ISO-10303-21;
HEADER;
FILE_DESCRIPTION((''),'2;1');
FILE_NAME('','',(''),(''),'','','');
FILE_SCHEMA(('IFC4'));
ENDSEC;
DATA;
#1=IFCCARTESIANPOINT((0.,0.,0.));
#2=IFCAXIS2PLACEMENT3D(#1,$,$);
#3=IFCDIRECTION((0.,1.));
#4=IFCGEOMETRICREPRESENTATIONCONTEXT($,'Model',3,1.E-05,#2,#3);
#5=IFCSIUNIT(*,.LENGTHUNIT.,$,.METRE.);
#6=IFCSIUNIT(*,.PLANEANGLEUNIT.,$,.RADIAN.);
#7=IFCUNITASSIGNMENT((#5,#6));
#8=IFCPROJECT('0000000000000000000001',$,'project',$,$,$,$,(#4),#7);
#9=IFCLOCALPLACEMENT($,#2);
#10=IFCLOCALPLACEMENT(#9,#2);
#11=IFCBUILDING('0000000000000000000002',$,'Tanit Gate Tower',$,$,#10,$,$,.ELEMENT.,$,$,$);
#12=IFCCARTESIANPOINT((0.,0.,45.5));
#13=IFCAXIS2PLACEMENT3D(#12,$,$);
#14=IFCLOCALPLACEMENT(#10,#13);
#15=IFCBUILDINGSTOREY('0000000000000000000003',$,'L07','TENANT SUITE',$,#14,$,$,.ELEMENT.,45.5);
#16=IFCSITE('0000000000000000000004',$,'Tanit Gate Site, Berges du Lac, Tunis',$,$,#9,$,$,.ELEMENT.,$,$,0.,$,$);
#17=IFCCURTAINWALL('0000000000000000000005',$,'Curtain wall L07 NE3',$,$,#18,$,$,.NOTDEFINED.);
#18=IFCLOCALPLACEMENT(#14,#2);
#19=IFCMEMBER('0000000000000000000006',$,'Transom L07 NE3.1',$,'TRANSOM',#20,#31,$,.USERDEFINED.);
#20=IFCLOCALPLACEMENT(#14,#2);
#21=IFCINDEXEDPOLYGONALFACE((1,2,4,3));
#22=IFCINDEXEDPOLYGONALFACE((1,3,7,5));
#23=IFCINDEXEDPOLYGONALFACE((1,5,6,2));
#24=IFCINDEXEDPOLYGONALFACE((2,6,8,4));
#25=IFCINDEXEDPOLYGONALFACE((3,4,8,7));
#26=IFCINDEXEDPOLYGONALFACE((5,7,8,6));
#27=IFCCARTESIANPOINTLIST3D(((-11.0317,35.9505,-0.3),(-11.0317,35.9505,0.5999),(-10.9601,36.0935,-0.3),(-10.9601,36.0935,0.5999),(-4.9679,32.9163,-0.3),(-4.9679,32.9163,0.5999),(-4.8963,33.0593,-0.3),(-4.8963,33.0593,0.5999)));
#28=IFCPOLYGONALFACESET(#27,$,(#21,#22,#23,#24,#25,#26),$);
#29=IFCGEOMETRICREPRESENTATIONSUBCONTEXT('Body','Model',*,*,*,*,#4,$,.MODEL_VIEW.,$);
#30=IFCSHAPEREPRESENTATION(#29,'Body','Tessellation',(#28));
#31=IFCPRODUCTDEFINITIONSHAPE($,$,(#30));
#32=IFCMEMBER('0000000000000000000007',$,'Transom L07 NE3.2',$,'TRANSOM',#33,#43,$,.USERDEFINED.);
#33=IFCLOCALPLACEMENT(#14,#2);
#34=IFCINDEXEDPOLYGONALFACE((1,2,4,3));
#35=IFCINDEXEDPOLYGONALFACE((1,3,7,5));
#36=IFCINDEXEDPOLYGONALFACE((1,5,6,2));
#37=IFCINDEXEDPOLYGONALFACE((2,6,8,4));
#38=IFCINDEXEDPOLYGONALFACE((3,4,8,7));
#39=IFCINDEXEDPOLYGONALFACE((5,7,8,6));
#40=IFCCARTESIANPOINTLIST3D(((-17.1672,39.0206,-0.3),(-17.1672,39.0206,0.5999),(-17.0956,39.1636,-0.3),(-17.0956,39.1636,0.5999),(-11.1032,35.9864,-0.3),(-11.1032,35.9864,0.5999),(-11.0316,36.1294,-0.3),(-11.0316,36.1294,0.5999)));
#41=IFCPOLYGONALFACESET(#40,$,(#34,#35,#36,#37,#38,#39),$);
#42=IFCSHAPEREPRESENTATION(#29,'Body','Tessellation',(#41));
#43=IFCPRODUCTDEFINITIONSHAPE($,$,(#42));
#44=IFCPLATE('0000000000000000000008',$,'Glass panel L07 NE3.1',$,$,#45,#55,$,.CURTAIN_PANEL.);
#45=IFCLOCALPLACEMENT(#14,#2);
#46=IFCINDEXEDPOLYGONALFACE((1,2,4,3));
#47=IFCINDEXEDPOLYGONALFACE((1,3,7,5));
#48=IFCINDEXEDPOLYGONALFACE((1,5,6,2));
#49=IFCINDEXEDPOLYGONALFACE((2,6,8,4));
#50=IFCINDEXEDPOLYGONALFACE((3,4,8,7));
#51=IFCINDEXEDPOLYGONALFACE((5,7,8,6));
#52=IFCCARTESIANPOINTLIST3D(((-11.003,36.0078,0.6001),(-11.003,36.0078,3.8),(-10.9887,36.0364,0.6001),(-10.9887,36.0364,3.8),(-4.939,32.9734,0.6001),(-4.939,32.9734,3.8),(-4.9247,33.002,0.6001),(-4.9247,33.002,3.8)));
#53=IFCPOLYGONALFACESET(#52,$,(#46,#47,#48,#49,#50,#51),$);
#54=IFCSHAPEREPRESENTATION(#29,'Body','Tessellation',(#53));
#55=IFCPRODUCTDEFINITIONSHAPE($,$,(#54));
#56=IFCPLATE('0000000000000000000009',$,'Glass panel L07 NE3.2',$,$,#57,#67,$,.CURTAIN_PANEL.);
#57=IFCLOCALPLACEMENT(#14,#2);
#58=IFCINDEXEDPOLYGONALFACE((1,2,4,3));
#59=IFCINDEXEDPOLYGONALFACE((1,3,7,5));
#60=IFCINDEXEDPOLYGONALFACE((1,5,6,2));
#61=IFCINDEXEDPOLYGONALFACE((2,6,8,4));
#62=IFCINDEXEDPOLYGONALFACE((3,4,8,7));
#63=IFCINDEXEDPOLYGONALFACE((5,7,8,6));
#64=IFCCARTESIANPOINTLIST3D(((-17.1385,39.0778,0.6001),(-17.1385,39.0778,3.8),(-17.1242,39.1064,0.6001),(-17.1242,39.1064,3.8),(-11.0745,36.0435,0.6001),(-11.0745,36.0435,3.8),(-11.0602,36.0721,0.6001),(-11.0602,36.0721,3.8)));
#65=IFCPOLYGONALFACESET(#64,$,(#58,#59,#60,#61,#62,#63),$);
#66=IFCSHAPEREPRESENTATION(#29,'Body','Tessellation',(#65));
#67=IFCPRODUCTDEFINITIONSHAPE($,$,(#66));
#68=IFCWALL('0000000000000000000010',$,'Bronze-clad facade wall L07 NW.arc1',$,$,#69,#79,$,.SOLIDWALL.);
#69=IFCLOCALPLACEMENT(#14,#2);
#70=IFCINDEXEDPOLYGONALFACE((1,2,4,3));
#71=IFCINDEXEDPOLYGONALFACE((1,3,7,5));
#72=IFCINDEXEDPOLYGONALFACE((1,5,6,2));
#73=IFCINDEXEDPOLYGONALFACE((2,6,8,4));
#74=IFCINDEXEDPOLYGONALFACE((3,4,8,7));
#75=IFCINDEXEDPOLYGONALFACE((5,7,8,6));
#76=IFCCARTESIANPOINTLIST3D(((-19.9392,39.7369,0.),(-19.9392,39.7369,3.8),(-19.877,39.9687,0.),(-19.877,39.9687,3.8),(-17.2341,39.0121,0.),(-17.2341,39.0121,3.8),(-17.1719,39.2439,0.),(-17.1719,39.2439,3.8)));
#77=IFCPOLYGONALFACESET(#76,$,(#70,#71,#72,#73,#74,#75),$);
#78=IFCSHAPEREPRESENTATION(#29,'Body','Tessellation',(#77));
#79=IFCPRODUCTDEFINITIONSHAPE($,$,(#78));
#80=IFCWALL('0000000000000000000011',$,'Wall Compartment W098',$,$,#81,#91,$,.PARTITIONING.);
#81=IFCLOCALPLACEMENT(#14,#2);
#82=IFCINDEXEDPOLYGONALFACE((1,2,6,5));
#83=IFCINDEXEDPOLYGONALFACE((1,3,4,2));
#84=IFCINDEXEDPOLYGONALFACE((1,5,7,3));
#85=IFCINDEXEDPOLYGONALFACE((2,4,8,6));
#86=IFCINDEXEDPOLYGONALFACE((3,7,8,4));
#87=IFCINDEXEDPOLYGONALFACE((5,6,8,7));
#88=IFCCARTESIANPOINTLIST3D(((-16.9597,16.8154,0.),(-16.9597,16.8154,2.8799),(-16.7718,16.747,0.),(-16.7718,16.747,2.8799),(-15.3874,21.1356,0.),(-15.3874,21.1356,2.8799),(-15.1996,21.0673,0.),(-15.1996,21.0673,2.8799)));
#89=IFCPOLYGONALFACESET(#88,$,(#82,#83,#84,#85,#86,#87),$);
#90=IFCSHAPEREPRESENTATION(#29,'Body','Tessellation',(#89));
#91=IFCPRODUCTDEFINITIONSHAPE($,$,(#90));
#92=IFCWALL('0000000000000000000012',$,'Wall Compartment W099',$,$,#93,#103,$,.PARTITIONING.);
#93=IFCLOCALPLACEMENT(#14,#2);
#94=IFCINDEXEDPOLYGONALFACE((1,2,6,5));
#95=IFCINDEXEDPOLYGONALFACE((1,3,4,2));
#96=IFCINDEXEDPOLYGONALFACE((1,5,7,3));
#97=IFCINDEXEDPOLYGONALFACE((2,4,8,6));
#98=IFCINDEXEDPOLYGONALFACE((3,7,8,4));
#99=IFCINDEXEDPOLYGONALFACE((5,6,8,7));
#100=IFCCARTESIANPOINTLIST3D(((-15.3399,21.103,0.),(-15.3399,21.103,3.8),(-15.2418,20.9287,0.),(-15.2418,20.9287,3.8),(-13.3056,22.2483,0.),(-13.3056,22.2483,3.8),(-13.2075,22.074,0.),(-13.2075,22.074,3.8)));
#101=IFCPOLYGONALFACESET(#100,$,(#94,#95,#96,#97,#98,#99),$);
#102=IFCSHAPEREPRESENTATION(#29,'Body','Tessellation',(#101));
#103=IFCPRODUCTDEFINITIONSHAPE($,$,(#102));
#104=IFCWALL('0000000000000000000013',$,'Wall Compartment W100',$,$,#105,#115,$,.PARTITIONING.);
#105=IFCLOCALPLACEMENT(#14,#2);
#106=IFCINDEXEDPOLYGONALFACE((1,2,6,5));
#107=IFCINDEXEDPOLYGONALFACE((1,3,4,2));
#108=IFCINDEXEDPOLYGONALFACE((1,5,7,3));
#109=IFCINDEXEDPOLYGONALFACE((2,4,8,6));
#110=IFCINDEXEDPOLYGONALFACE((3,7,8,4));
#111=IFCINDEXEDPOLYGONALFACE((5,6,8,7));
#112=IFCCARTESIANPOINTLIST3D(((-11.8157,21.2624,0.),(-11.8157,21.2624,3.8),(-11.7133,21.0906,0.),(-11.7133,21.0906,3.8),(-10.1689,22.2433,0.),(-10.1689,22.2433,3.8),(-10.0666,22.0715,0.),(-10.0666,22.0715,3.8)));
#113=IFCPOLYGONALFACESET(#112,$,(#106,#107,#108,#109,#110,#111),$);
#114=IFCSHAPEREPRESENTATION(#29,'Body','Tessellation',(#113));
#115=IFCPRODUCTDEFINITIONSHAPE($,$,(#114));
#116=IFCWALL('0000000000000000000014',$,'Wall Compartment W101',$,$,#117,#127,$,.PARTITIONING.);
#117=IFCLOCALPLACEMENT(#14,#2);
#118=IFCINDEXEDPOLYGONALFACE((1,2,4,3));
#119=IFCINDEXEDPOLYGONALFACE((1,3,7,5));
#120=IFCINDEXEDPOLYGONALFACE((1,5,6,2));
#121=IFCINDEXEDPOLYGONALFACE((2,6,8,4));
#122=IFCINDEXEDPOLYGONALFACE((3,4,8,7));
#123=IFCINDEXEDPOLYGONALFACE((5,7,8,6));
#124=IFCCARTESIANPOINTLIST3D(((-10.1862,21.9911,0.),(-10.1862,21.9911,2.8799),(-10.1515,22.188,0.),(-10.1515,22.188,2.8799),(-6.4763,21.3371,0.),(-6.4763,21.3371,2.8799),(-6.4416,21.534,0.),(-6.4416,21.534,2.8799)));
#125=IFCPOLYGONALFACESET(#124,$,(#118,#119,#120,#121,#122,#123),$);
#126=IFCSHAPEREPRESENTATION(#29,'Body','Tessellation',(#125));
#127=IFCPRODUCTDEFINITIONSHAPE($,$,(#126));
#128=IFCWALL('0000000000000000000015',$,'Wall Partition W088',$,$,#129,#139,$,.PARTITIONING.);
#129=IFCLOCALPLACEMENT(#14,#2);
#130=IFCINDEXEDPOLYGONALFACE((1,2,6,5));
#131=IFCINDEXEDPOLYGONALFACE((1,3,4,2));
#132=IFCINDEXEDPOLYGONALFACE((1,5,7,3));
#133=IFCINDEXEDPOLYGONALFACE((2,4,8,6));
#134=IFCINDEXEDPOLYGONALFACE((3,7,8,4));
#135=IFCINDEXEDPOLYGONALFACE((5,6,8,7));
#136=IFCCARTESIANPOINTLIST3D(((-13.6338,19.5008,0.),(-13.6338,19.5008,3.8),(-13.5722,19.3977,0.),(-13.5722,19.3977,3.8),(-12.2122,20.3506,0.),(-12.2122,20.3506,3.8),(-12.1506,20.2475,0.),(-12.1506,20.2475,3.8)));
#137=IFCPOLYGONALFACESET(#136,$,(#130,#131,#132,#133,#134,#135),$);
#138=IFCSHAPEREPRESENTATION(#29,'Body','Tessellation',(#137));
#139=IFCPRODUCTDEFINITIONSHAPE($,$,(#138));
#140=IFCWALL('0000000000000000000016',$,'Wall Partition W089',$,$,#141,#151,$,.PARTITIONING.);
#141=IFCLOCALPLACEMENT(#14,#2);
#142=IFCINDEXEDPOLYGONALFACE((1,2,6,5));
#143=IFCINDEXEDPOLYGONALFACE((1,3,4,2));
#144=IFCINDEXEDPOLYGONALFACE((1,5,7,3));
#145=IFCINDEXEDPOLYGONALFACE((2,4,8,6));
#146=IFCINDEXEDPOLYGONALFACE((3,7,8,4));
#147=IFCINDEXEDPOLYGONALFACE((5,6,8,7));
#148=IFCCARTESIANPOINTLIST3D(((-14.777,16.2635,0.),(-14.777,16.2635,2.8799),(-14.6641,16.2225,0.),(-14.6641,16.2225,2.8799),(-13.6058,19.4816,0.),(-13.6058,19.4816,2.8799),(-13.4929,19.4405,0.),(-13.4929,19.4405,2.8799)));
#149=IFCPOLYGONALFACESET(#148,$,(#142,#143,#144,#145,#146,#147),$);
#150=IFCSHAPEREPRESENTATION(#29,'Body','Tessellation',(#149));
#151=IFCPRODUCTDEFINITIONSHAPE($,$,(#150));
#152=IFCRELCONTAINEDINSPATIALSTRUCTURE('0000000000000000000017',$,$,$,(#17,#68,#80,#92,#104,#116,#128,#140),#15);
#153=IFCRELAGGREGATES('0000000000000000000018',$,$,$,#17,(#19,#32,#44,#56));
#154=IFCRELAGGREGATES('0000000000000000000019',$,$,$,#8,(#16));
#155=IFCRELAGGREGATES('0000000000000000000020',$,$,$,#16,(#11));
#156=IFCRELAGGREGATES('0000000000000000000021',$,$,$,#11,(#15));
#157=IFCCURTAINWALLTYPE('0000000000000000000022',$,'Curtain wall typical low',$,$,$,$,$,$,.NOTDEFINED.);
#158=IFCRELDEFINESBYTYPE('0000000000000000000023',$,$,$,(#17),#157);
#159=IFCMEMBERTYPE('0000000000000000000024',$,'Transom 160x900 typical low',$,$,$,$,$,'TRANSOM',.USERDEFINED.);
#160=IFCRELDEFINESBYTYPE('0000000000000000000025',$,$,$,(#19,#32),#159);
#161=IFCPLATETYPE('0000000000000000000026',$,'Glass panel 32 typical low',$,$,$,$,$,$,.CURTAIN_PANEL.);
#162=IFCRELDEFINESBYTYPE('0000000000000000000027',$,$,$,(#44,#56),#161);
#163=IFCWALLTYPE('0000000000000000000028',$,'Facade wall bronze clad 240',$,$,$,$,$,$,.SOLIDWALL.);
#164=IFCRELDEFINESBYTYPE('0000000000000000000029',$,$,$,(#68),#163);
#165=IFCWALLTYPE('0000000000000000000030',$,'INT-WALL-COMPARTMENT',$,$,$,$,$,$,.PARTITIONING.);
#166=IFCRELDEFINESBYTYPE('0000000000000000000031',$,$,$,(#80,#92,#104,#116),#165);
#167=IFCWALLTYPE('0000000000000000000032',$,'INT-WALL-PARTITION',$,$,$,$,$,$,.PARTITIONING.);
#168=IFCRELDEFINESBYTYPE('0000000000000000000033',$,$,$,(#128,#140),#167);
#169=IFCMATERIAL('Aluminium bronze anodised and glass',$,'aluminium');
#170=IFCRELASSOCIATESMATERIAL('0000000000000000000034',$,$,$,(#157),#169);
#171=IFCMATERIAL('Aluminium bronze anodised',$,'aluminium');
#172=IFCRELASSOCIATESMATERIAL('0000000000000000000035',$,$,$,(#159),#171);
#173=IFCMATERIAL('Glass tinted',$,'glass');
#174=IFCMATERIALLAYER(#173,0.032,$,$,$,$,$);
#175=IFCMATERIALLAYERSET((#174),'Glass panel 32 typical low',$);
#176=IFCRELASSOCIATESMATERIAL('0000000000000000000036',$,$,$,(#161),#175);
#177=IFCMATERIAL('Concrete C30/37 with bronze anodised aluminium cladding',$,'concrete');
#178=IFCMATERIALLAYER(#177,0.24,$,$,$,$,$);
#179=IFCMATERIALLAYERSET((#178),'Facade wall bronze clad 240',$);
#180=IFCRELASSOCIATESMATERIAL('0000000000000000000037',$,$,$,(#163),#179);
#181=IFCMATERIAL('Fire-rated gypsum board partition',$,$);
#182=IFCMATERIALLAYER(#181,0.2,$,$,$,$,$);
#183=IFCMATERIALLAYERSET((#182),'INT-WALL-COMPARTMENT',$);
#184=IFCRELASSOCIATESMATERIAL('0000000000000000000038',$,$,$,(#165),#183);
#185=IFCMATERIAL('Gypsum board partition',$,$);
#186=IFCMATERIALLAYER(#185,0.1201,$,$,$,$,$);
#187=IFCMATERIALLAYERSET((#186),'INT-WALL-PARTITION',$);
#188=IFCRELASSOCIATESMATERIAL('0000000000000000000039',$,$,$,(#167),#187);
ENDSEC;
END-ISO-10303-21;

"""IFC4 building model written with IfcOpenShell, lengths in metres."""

from ifc_helpers import new_model, si_unit, direction, frame, frame_2d, origin, origin_2d, place, context, subcontext, project, spatial, rectangle, extrude, material, layer, layer_set, material_profile, profile_set, type_object, element, aggregate, save


model = new_model("IFC4")

# Units and contexts
model_context = context("Model", 3, precision=1e-05, world=origin(), true_north=direction((0.0, 1.0)))
body_context = subcontext(model_context, "Body", "Model", "MODEL_VIEW")
ifc_project = project(units=[si_unit("LENGTHUNIT", "METRE"), si_unit("PLANEANGLEUNIT", "RADIAN")], contexts=[model_context])

# Site, building, storey
site_placement = place(None, origin())
site = spatial("IfcSite", under=ifc_project, at=site_placement, Name="Tanit Gate Site, Berges du Lac, Tunis", CompositionType="ELEMENT", RefElevation=0.0)
building_placement = place(site_placement, origin())
building = spatial("IfcBuilding", under=site, at=building_placement, Name="Tanit Gate Tower", CompositionType="ELEMENT")
storey_placement = place(building_placement, frame((0.0, 0.0, 45.5)))
storey = spatial("IfcBuildingStorey", under=building, at=storey_placement, Name="L07", Description="TENANT SUITE", CompositionType="ELEMENT", Elevation=45.5)

# Curtain wall
ifc_material_1 = material(Name="Aluminium bronze anodised and glass", Category="aluminium")
curtain_wall_type = type_object("IfcCurtainWallType", Name="Curtain wall typical low", PredefinedType="NOTDEFINED", material=ifc_material_1)
curtain_wall_1_placement = place(storey_placement, origin())
curtain_wall_1 = element("IfcCurtainWall", 1, at=curtain_wall_1_placement, inside=storey, type_object=curtain_wall_type, Name="Curtain wall L07 NE3", PredefinedType="NOTDEFINED")

# Members
ifc_material_2 = material(Name="Aluminium bronze anodised", Category="aluminium")
ifc_material_profile_1 = material_profile(ifc_material_2, rectangle(XDim=0.1599, YDim=0.8999, at=origin_2d()), Name="160x900 bronze transom")
ifc_profile_set_1 = profile_set([ifc_material_profile_1], Name="Aluminium bronze anodised")
member_type_1 = type_object("IfcMemberType", Name="Transom 160x900 typical low", ElementType="TRANSOM", PredefinedType="USERDEFINED", material=ifc_profile_set_1)
member_1_placement = place(storey_placement, frame((-4.9321, 32.9878, 0.1499), z_axis=(-0.89429, 0.447487, 0.0), x_axis=(-0.447487, -0.89429, 0.0)))
member_1 = element("IfcMember", 2, at=member_1_placement, type_object=member_type_1, Name="Transom L07 NE3.1", ObjectType="TRANSOM", PredefinedType="USERDEFINED", context=body_context, shape_type="SweptSolid", body=[
    extrude(rectangle(XDim=0.1599, YDim=0.8999, at=origin_2d()), origin(), (0.0, 0.0, 1.0), 6.7805),
])
member_2_placement = place(storey_placement, frame((-11.0674, 36.0579, 0.1499), z_axis=(-0.894298, 0.447473, 0.0), x_axis=(-0.447473, -0.894298, 0.0)))
member_2 = element("IfcMember", 3, at=member_2_placement, type_object=member_type_1, Name="Transom L07 NE3.2", ObjectType="TRANSOM", PredefinedType="USERDEFINED", context=body_context, shape_type="SweptSolid", body=[
    extrude(rectangle(XDim=0.1599, YDim=0.8999, at=origin_2d()), origin(), (0.0, 0.0, 1.0), 6.7808),
])

# Plates
ifc_material_3 = material(Name="Glass tinted", Category="glass")
ifc_layer_1 = layer(ifc_material_3, 0.032)
ifc_layer_set_1 = layer_set([ifc_layer_1], Name="Glass panel 32 typical low")
plate_type = type_object("IfcPlateType", Name="Glass panel 32 typical low", PredefinedType="CURTAIN_PANEL", material=ifc_layer_set_1)
plate_1_placement = place(storey_placement, frame((-7.9639, 34.5049, 0.6001), z_axis=(0.0, 0.0, 1.0), x_axis=(-0.894288, 0.447492, 0.0)))
plate_1 = element("IfcPlate", 4, at=plate_1_placement, type_object=plate_type, Name="Glass panel L07 NE3.1", PredefinedType="CURTAIN_PANEL", context=body_context, shape_type="SweptSolid", body=[
    extrude(rectangle(XDim=6.7808, YDim=0.032, at=origin_2d()), origin(), (0.0, 0.0, 1.0), 3.2),
])
plate_2_placement = place(storey_placement, frame((-14.0994, 37.575, 0.6001), z_axis=(0.0, 0.0, 1.0), x_axis=(-0.894288, 0.447492, 0.0)))
plate_2 = element("IfcPlate", 5, at=plate_2_placement, type_object=plate_type, Name="Glass panel L07 NE3.2", PredefinedType="CURTAIN_PANEL", context=body_context, shape_type="SweptSolid", body=[
    extrude(rectangle(XDim=6.7808, YDim=0.032, at=origin_2d()), origin(), (0.0, 0.0, 1.0), 3.2),
])
aggregate(curtain_wall_1, [member_1, member_2, plate_1, plate_2])

# Walls
ifc_material_4 = material(Name="Concrete C30/37 with bronze anodised aluminium cladding", Category="concrete")
ifc_layer_2 = layer(ifc_material_4, 0.24)
ifc_layer_set_2 = layer_set([ifc_layer_2], Name="Facade wall bronze clad 240")
wall_type_1 = type_object("IfcWallType", Name="Facade wall bronze clad 240", PredefinedType="SOLIDWALL", material=ifc_layer_set_2)
wall_1_placement = place(storey_placement, frame((-17.2029, 39.1279, 0.0), z_axis=(0.0, 0.0, 1.0), x_axis=(-0.965923, 0.258829, 0.0)))
element("IfcWall", 6, at=wall_1_placement, inside=storey, type_object=wall_type_1, Name="Bronze-clad facade wall L07 NW.arc1", PredefinedType="SOLIDWALL", context=body_context, shape_type="SweptSolid", body=[
    extrude(rectangle(XDim=2.8005, YDim=0.24, at=frame_2d((1.4004, 0.0))), origin(), (0.0, 0.0, 1.0), 3.8),
])
ifc_material_5 = material(Name="Fire-rated gypsum board partition")
ifc_layer_3 = layer(ifc_material_5, 0.2)
ifc_layer_set_3 = layer_set([ifc_layer_3], Name="INT-WALL-COMPARTMENT")
wall_type_2 = type_object("IfcWallType", Name="INT-WALL-COMPARTMENT", PredefinedType="PARTITIONING", material=ifc_layer_set_3)
wall_2_placement = place(storey_placement, frame((-15.2935, 21.1016, 0.0), z_axis=(0.0, 0.0, 1.0), x_axis=(-0.341982, -0.939707, 0.0)))
element("IfcWall", 7, at=wall_2_placement, inside=storey, type_object=wall_type_2, Name="Wall Compartment W098", PredefinedType="PARTITIONING", context=body_context, shape_type="SweptSolid", body=[
    extrude(rectangle(XDim=4.5974, YDim=0.2, at=frame_2d((2.2988, 0.0))), origin(), (0.0, 0.0, 1.0), 2.8799),
])
wall_3_placement = place(storey_placement, frame((-13.2566, 22.1611, 0.0), z_axis=(0.0, 0.0, 1.0), x_axis=(-0.871386, -0.490599, 0.0)))
element("IfcWall", 8, at=wall_3_placement, inside=storey, type_object=wall_type_2, Name="Wall Compartment W099", PredefinedType="PARTITIONING", context=body_context, shape_type="SweptSolid", body=[
    extrude(rectangle(XDim=2.3345, YDim=0.2, at=frame_2d((1.1672, 0.0))), origin(), (0.0, 0.0, 1.0), 3.8),
])
wall_4_placement = place(storey_placement, frame((-10.1177, 22.1575, 0.0), z_axis=(0.0, 0.0, 1.0), x_axis=(-0.859118, -0.511777, 0.0)))
element("IfcWall", 9, at=wall_4_placement, inside=storey, type_object=wall_type_2, Name="Wall Compartment W100", PredefinedType="PARTITIONING", context=body_context, shape_type="SweptSolid", body=[
    extrude(rectangle(XDim=1.9167, YDim=0.2, at=frame_2d((0.9585, 0.0))), origin(), (0.0, 0.0, 1.0), 3.8),
])
wall_5_placement = place(storey_placement, frame((-6.459, 21.4355, 0.0), z_axis=(0.0, 0.0, 1.0), x_axis=(-0.984813, 0.173619, 0.0)))
element("IfcWall", 10, at=wall_5_placement, inside=storey, type_object=wall_type_2, Name="Wall Compartment W101", PredefinedType="PARTITIONING", context=body_context, shape_type="SweptSolid", body=[
    extrude(rectangle(XDim=3.7671, YDim=0.2, at=frame_2d((1.8835, 0.0))), origin(), (0.0, 0.0, 1.0), 2.8799),
])
ifc_material_6 = material(Name="Gypsum board partition")
ifc_layer_4 = layer(ifc_material_6, 0.1201)
ifc_layer_set_4 = layer_set([ifc_layer_4], Name="INT-WALL-PARTITION")
wall_type_3 = type_object("IfcWallType", Name="INT-WALL-PARTITION", PredefinedType="PARTITIONING", material=ifc_layer_set_4)
wall_6_placement = place(storey_placement, frame((-12.1814, 20.2991, 0.0), z_axis=(0.0, 0.0, 1.0), x_axis=(-0.858324, -0.513108, 0.0)))
element("IfcWall", 11, at=wall_6_placement, inside=storey, type_object=wall_type_3, Name="Wall Partition W088", PredefinedType="PARTITIONING", context=body_context, shape_type="SweptSolid", body=[
    extrude(rectangle(XDim=1.6562, YDim=0.1201, at=frame_2d((0.8281, 0.0))), origin(), (0.0, 0.0, 1.0), 3.8),
])
wall_7_placement = place(storey_placement, frame((-13.5493, 19.4612, 0.0), z_axis=(0.0, 0.0, 1.0), x_axis=(-0.341989, -0.939704, 0.0)))
element("IfcWall", 12, at=wall_7_placement, inside=storey, type_object=wall_type_3, Name="Wall Partition W089", PredefinedType="PARTITIONING", context=body_context, shape_type="SweptSolid", body=[
    extrude(rectangle(XDim=3.4246, YDim=0.1201, at=frame_2d((1.7124, 0.0))), origin(), (0.0, 0.0, 1.0), 2.8799),
])

save(model, "model.ifc")
